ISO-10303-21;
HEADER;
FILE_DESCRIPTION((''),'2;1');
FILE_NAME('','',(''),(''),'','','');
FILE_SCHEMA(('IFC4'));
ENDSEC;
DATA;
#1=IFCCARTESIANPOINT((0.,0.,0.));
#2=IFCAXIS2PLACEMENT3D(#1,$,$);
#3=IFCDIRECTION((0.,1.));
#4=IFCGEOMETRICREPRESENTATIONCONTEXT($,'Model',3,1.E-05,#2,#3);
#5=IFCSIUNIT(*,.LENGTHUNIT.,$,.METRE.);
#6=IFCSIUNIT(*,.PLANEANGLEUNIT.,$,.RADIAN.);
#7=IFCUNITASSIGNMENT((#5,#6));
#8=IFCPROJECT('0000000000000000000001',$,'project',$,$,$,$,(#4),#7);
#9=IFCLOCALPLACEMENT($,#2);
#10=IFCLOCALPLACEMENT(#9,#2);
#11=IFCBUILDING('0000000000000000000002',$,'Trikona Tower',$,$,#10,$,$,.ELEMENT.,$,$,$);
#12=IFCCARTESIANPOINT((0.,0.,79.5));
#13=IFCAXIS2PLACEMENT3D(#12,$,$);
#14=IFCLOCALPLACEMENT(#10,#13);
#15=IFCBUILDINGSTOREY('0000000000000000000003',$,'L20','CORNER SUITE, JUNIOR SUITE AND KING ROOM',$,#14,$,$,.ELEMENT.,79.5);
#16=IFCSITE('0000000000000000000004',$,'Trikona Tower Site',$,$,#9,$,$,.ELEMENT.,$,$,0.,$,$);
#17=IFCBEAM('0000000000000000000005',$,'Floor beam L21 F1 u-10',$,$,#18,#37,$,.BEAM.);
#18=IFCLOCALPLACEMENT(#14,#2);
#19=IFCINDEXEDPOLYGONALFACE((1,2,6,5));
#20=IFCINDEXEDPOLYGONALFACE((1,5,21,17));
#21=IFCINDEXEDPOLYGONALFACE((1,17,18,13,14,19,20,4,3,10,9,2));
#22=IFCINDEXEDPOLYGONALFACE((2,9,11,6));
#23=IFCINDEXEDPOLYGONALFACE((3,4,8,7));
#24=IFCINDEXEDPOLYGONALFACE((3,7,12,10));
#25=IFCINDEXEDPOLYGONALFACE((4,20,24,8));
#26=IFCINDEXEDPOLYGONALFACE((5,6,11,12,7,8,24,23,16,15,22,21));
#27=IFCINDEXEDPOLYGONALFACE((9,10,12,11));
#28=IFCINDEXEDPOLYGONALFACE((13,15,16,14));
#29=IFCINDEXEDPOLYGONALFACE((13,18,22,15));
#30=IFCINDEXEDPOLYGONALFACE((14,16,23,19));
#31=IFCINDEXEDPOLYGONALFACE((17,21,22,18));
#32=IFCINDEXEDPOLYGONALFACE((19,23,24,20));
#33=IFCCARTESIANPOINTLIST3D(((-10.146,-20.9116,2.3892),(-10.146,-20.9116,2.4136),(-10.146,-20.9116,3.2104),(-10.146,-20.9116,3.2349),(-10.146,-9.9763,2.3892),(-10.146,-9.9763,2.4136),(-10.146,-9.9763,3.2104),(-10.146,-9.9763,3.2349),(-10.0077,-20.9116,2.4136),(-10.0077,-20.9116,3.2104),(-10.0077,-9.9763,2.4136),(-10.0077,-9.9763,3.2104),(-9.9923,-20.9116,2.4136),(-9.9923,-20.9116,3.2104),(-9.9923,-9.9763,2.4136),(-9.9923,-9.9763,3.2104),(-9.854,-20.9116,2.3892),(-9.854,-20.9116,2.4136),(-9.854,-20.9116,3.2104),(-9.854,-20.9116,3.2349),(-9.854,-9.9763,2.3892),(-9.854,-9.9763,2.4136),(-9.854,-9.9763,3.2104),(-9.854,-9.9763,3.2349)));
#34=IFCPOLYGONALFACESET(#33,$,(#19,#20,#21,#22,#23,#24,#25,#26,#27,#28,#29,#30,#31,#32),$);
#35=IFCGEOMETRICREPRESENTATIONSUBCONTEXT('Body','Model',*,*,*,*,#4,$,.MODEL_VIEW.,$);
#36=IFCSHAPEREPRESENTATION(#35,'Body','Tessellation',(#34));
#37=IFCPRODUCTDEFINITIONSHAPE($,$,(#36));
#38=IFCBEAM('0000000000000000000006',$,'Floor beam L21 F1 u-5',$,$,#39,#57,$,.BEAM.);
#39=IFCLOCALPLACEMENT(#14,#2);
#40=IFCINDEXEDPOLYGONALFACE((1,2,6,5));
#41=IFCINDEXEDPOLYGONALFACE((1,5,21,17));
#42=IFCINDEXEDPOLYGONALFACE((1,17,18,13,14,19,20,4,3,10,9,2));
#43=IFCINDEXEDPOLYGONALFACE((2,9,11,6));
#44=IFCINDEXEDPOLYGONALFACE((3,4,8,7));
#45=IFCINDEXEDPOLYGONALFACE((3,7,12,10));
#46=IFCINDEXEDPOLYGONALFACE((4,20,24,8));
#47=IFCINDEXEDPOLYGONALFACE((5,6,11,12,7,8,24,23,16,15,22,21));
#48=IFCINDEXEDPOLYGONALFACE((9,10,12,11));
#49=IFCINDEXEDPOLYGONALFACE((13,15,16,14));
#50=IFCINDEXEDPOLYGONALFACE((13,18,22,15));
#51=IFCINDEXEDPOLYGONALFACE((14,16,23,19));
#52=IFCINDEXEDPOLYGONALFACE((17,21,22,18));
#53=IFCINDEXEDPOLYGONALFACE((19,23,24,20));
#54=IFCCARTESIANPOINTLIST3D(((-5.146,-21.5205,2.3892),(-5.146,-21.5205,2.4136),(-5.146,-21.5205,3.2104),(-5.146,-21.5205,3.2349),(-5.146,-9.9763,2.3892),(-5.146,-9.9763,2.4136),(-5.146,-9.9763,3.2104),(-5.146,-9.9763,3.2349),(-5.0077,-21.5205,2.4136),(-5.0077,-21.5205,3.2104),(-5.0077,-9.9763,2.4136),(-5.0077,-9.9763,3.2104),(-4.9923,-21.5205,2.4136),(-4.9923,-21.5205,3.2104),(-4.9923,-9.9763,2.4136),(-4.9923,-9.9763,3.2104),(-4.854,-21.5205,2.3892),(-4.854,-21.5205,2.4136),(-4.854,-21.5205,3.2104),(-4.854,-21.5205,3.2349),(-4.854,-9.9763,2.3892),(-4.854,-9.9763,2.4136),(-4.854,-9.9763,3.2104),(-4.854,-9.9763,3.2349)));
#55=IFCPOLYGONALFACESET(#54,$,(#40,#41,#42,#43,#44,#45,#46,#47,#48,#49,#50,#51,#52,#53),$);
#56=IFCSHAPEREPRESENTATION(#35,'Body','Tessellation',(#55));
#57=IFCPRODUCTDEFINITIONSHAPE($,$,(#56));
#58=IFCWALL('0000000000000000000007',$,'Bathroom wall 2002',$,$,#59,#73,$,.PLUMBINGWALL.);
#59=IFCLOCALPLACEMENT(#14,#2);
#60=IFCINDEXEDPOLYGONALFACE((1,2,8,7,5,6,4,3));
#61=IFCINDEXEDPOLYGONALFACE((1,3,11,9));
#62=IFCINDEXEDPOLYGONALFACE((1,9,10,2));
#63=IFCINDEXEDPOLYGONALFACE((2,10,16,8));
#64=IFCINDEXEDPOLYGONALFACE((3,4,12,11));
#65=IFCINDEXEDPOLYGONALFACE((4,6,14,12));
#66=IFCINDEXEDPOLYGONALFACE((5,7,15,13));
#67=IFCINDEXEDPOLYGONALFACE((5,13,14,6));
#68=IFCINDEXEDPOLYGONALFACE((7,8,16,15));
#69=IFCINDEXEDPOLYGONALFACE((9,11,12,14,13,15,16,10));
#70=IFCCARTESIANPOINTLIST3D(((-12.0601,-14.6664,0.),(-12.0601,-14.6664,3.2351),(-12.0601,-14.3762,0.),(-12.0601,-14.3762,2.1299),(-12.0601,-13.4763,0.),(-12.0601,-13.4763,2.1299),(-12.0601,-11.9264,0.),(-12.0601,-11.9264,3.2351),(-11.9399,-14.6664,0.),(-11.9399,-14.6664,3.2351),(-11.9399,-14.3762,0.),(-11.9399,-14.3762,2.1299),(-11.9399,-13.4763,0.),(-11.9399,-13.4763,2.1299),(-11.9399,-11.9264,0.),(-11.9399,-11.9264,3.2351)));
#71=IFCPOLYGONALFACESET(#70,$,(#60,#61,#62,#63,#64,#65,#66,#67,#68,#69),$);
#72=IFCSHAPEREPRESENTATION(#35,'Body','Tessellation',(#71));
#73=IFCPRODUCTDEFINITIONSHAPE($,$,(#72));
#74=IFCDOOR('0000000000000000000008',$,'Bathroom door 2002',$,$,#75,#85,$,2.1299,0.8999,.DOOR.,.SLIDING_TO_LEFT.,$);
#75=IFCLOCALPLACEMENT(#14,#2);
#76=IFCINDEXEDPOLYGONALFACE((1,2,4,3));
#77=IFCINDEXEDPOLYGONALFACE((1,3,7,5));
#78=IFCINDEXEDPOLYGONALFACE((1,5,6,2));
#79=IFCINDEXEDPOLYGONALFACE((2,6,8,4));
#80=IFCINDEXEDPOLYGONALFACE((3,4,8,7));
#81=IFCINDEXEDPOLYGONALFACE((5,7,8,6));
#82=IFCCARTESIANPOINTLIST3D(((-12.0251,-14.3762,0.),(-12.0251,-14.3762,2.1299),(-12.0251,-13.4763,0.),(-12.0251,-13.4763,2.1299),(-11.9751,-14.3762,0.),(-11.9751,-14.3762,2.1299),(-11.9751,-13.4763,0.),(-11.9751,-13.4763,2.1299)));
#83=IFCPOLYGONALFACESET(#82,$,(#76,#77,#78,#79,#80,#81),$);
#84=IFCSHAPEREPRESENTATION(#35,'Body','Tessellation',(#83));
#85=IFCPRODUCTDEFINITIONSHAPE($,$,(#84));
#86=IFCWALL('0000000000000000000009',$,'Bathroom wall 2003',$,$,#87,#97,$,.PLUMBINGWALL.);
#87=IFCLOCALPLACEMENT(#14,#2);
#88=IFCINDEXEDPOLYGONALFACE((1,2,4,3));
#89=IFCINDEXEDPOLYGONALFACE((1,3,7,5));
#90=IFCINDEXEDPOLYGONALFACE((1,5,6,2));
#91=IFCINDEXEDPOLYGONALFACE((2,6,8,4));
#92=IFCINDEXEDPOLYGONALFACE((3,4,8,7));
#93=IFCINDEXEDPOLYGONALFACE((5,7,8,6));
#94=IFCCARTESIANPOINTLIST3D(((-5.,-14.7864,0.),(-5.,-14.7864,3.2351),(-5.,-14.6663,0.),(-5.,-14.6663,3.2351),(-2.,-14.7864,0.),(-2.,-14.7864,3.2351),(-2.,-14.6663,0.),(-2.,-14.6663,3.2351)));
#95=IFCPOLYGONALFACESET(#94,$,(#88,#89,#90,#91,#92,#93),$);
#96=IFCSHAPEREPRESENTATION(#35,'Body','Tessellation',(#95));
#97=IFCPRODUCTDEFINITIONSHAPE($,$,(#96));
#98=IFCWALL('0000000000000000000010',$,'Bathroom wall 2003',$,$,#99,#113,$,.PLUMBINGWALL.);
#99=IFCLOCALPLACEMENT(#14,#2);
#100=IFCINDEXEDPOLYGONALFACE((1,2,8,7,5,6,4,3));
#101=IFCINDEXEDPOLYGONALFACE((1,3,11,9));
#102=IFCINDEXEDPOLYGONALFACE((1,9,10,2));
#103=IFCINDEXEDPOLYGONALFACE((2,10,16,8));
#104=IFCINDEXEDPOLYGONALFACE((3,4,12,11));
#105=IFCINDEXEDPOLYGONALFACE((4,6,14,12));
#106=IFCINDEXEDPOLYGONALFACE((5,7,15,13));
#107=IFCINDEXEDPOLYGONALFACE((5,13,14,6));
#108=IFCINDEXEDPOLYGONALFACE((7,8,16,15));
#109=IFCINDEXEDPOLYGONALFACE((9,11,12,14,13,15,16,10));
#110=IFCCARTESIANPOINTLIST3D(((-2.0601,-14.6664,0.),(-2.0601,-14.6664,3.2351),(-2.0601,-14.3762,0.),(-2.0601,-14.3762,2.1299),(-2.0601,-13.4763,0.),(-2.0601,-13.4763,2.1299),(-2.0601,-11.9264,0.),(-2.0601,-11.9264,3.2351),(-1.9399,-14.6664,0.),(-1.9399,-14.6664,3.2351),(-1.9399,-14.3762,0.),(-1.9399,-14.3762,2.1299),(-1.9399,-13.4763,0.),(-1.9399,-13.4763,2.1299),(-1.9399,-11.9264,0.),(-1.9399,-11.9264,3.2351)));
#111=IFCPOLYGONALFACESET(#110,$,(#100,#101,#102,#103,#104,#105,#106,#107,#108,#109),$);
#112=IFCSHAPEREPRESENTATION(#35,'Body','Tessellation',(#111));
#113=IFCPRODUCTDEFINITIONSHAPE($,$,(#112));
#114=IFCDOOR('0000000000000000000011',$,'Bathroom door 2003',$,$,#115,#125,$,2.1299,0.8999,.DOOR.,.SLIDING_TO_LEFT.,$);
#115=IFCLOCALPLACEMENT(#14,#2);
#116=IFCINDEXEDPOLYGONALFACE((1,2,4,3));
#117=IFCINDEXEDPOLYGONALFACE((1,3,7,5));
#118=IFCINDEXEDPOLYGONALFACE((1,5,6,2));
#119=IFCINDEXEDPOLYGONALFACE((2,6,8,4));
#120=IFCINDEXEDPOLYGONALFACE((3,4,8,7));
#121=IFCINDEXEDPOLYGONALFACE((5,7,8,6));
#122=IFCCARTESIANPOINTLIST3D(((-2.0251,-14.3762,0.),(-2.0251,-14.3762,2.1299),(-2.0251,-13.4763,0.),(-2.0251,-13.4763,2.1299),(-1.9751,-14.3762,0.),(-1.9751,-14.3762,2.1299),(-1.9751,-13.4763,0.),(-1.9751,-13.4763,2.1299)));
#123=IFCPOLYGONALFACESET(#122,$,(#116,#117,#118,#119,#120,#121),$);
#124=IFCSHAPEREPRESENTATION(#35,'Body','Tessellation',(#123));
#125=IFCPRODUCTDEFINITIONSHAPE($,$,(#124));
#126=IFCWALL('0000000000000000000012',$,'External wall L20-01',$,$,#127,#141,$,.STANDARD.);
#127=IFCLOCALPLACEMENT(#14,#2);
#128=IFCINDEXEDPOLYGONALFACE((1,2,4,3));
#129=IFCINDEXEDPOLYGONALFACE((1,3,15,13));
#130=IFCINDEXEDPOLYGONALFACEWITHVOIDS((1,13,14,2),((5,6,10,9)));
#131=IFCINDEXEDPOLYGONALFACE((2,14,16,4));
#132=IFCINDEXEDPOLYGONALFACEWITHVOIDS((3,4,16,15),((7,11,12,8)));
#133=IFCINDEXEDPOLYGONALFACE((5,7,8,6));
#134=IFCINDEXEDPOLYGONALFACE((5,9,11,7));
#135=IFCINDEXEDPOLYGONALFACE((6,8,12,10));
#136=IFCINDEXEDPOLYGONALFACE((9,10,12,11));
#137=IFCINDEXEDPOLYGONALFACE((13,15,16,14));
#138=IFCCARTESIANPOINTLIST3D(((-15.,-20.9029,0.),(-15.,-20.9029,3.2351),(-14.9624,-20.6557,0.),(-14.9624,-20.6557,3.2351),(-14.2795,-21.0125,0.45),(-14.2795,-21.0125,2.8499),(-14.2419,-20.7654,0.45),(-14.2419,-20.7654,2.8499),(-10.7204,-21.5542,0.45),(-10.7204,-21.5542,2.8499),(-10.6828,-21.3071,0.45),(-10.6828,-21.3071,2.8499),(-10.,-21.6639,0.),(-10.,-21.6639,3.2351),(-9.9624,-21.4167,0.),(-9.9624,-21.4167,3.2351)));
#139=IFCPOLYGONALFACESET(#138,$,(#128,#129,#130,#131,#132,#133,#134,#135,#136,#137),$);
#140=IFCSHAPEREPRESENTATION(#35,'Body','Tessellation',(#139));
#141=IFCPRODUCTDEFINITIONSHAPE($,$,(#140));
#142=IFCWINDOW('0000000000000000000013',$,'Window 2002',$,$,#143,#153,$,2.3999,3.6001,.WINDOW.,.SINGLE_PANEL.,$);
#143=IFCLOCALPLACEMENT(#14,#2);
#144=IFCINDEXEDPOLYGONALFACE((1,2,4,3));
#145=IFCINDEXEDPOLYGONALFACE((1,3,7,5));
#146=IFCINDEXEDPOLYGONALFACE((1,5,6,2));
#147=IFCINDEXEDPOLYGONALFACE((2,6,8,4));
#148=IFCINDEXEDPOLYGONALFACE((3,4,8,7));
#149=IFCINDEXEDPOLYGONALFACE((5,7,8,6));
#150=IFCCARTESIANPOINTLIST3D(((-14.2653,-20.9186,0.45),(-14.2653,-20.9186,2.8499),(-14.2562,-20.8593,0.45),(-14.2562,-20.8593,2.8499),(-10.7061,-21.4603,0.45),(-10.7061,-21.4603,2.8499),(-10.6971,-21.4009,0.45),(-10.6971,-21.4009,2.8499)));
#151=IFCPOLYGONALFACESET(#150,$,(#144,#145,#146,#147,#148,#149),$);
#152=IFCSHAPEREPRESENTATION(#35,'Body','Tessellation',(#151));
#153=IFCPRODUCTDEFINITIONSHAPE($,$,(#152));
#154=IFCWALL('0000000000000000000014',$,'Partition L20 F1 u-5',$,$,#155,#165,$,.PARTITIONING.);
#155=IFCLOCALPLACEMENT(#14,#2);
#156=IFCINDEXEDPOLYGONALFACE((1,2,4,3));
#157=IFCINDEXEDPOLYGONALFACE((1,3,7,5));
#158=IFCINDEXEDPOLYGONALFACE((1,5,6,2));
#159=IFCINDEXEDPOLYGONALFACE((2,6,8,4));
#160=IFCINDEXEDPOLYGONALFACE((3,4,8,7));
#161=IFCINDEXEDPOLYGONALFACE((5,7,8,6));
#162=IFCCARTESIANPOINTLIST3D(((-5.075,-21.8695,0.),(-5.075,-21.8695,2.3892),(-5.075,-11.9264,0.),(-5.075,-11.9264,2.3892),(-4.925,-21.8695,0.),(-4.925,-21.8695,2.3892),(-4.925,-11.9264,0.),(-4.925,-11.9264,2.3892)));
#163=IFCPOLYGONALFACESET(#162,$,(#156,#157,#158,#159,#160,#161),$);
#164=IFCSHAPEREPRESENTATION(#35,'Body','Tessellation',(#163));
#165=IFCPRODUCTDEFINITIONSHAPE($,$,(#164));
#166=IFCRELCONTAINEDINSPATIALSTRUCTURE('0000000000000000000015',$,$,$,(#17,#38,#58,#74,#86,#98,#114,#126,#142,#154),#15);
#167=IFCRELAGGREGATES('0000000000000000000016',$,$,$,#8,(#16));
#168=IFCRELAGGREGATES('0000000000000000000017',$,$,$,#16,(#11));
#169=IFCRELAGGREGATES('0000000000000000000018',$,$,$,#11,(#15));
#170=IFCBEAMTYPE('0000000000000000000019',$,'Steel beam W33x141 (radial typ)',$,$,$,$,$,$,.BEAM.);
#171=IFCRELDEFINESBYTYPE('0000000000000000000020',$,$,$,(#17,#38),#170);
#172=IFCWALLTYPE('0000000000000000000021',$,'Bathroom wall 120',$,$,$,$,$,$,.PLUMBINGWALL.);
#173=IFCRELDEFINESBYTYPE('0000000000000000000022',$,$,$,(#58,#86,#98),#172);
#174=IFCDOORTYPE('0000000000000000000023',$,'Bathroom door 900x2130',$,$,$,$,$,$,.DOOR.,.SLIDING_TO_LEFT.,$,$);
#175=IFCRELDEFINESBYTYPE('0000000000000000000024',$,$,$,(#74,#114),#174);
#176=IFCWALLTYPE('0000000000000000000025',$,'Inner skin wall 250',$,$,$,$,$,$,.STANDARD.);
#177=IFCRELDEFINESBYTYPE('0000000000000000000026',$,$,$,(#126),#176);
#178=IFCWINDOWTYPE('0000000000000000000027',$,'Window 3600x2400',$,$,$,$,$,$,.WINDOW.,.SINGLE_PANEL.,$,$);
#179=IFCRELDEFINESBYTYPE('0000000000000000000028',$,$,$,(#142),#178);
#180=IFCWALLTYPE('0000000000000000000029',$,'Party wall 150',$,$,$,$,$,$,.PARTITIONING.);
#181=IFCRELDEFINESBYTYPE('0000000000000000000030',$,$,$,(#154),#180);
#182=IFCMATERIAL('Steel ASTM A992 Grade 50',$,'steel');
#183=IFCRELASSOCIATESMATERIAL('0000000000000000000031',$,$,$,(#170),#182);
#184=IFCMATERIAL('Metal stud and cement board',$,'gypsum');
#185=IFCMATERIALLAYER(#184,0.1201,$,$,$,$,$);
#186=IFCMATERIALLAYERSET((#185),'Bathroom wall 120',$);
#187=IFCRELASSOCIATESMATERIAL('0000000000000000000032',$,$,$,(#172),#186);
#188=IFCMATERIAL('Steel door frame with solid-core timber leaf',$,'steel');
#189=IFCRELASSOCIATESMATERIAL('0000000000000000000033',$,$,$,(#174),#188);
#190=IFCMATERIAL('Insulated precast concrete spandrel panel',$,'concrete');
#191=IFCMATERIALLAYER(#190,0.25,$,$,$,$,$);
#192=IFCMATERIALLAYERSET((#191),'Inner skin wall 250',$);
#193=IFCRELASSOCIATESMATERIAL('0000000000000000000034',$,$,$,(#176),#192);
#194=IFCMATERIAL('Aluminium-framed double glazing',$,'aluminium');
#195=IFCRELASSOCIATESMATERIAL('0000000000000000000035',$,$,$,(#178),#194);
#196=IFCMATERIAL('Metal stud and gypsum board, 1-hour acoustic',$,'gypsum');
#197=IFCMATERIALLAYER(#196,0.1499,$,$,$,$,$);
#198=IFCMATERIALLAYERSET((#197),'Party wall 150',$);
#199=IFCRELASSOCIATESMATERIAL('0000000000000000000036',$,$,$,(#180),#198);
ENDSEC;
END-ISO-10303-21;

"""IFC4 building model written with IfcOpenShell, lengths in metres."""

from ifc_helpers import new_model, si_unit, direction, frame, frame_2d, origin, origin_2d, place, context, subcontext, project, spatial, rectangle, i_section, extrude, material, layer, layer_set, material_profile, profile_set, type_object, element, fill, save


model = new_model("IFC4")

# Units and contexts
model_context = context("Model", 3, precision=1e-05, world=origin(), true_north=direction((0.0, 1.0)))
body_context = subcontext(model_context, "Body", "Model", "MODEL_VIEW")
ifc_project = project(units=[si_unit("LENGTHUNIT", "METRE"), si_unit("PLANEANGLEUNIT", "RADIAN")], contexts=[model_context])

# Site, building, storey
site_placement = place(None, origin())
site = spatial("IfcSite", under=ifc_project, at=site_placement, Name="Trikona Tower Site", CompositionType="ELEMENT", RefElevation=0.0)
building_placement = place(site_placement, origin())
building = spatial("IfcBuilding", under=site, at=building_placement, Name="Trikona Tower", CompositionType="ELEMENT")
storey_placement = place(building_placement, frame((0.0, 0.0, 79.5)))
storey = spatial("IfcBuildingStorey", under=building, at=storey_placement, Name="L20", Description="CORNER SUITE, JUNIOR SUITE AND KING ROOM", CompositionType="ELEMENT", Elevation=79.5)

# Beams
ifc_material_1 = material(Name="Steel ASTM A992 Grade 50", Category="steel")
ifc_material_profile = material_profile(ifc_material_1, i_section(OverallWidth=0.292, OverallDepth=0.8457, WebThickness=0.0154, FlangeThickness=0.0244, at=origin_2d()), Name="W33X141")
ifc_profile_set = profile_set([ifc_material_profile], Name="Steel ASTM A992 Grade 50")
beam_type = type_object("IfcBeamType", Name="Steel beam W33x141 (radial typ)", PredefinedType="BEAM", material=ifc_profile_set)
beam_1_placement = place(storey_placement, frame((-10.0, -9.9763, 2.812), z_axis=(0.0, -1.0, 0.0), x_axis=(1.0, 0.0, 0.0)))
element("IfcBeam", 1, at=beam_1_placement, inside=storey, type_object=beam_type, Name="Floor beam L21 F1 u-10", PredefinedType="BEAM", context=body_context, shape_type="SweptSolid", body=[
    extrude(i_section(OverallWidth=0.292, OverallDepth=0.8457, WebThickness=0.0154, FlangeThickness=0.0244, at=origin_2d()), origin(), (0.0, 0.0, 1.0), 10.9353),
])
beam_2_placement = place(storey_placement, frame((-5.0, -9.9763, 2.812), z_axis=(0.0, -1.0, 0.0), x_axis=(1.0, 0.0, 0.0)))
element("IfcBeam", 2, at=beam_2_placement, inside=storey, type_object=beam_type, Name="Floor beam L21 F1 u-5", PredefinedType="BEAM", context=body_context, shape_type="SweptSolid", body=[
    extrude(i_section(OverallWidth=0.292, OverallDepth=0.8457, WebThickness=0.0154, FlangeThickness=0.0244, at=origin_2d()), origin(), (0.0, 0.0, 1.0), 11.5442),
])

# Wall, opening, door
ifc_material_2 = material(Name="Metal stud and cement board", Category="gypsum")
ifc_layer_1 = layer(ifc_material_2, 0.1201)
ifc_layer_set_1 = layer_set([ifc_layer_1], Name="Bathroom wall 120")
wall_type_1 = type_object("IfcWallType", Name="Bathroom wall 120", PredefinedType="PLUMBINGWALL", material=ifc_layer_set_1)
wall_1_placement = place(storey_placement, frame((-12.0, -11.9263, 0.0), z_axis=(0.0, 0.0, 1.0), x_axis=(0.0, -1.0, 0.0)))
wall_1 = element("IfcWall", 3, at=wall_1_placement, inside=storey, type_object=wall_type_1, Name="Bathroom wall 2002", PredefinedType="PLUMBINGWALL", context=body_context, shape_type="SweptSolid", body=[
    extrude(rectangle(XDim=2.74, YDim=0.1201, at=frame_2d((1.3701, 0.0))), origin(), (0.0, 0.0, 1.0), 3.2351),
])
opening_1_placement = place(wall_1_placement, frame((1.55, 0.0, 0.0)))
opening_1 = element("IfcOpeningElement", 4, at=opening_1_placement, cuts=wall_1, PredefinedType="OPENING", context=body_context, shape_type="SweptSolid", body=[
    extrude(rectangle(XDim=0.8999, YDim=2.1299, at=frame_2d((0.45, 1.0649))), frame((0.0, 0.0701, 0.0), z_axis=(0.0, -1.0, 0.0), x_axis=(1.0, 0.0, 0.0)), (0.0, 0.0, 1.0), 0.1401),
])
ifc_material_3 = material(Name="Steel door frame with solid-core timber leaf", Category="steel")
door_type_1 = type_object("IfcDoorType", Name="Bathroom door 900x2130", OperationType="SLIDING_TO_LEFT", PredefinedType="DOOR", material=ifc_material_3)
door_1_placement = place(opening_1_placement, origin())
door_1 = element("IfcDoor", 5, at=door_1_placement, inside=storey, type_object=door_type_1, Name="Bathroom door 2002", OperationType="SLIDING_TO_LEFT", OverallHeight=2.1299, OverallWidth=0.8999, PredefinedType="DOOR", context=body_context, shape_type="SweptSolid", body=[
    extrude(rectangle(XDim=0.8999, YDim=2.1299, at=frame_2d((0.45, 1.0649))), frame((0.0, 0.0249, 0.0), z_axis=(0.0, -1.0, 0.0), x_axis=(1.0, 0.0, 0.0)), (0.0, 0.0, 1.0), 0.05),
])
fill(opening_1, door_1)

# Wall
wall_2_placement = place(storey_placement, frame((-5.0, -14.7263, 0.0), z_axis=(0.0, 0.0, 1.0), x_axis=(1.0, 0.0, 0.0)))
element("IfcWall", 6, at=wall_2_placement, inside=storey, type_object=wall_type_1, Name="Bathroom wall 2003", PredefinedType="PLUMBINGWALL", context=body_context, shape_type="SweptSolid", body=[
    extrude(rectangle(XDim=3.0, YDim=0.1201, at=frame_2d((1.5, 0.0))), origin(), (0.0, 0.0, 1.0), 3.2351),
])

# Wall, opening, door
wall_3_placement = place(storey_placement, frame((-2.0, -11.9263, 0.0), z_axis=(0.0, 0.0, 1.0), x_axis=(0.0, -1.0, 0.0)))
wall_3 = element("IfcWall", 7, at=wall_3_placement, inside=storey, type_object=wall_type_1, Name="Bathroom wall 2003", PredefinedType="PLUMBINGWALL", context=body_context, shape_type="SweptSolid", body=[
    extrude(rectangle(XDim=2.74, YDim=0.1201, at=frame_2d((1.3701, 0.0))), origin(), (0.0, 0.0, 1.0), 3.2351),
])
opening_2_placement = place(wall_3_placement, frame((1.55, 0.0, 0.0)))
opening_2 = element("IfcOpeningElement", 8, at=opening_2_placement, cuts=wall_3, PredefinedType="OPENING", context=body_context, shape_type="SweptSolid", body=[
    extrude(rectangle(XDim=0.8999, YDim=2.1299, at=frame_2d((0.45, 1.0649))), frame((0.0, 0.0701, 0.0), z_axis=(0.0, -1.0, 0.0), x_axis=(1.0, 0.0, 0.0)), (0.0, 0.0, 1.0), 0.1401),
])
door_2_placement = place(opening_2_placement, origin())
door_2 = element("IfcDoor", 9, at=door_2_placement, inside=storey, type_object=door_type_1, Name="Bathroom door 2003", OperationType="SLIDING_TO_LEFT", OverallHeight=2.1299, OverallWidth=0.8999, PredefinedType="DOOR", context=body_context, shape_type="SweptSolid", body=[
    extrude(rectangle(XDim=0.8999, YDim=2.1299, at=frame_2d((0.45, 1.0649))), frame((0.0, 0.0249, 0.0), z_axis=(0.0, -1.0, 0.0), x_axis=(1.0, 0.0, 0.0)), (0.0, 0.0, 1.0), 0.05),
])
fill(opening_2, door_2)

# Wall, opening, window
ifc_material_4 = material(Name="Insulated precast concrete spandrel panel", Category="concrete")
ifc_layer_2 = layer(ifc_material_4, 0.25)
ifc_layer_set_2 = layer_set([ifc_layer_2], Name="Inner skin wall 250")
wall_type_2 = type_object("IfcWallType", Name="Inner skin wall 250", PredefinedType="STANDARD", material=ifc_layer_set_2)
wall_4_placement = place(storey_placement, frame((-14.9812, -20.7793, 0.0), z_axis=(0.0, 0.0, 1.0), x_axis=(0.988615, -0.150465, 0.0)))
wall_4 = element("IfcWall", 10, at=wall_4_placement, inside=storey, type_object=wall_type_2, Name="External wall L20-01", PredefinedType="STANDARD", context=body_context, shape_type="SweptSolid", body=[
    extrude(rectangle(XDim=5.0576, YDim=0.25, at=frame_2d((2.5288, 0.0))), origin(), (0.0, 0.0, 1.0), 3.2351),
])
opening_3_placement = place(wall_4_placement, frame((0.7288, 0.0, 0.45)))
opening_3 = element("IfcOpeningElement", 11, at=opening_3_placement, cuts=wall_4, PredefinedType="OPENING", context=body_context, shape_type="SweptSolid", body=[
    extrude(rectangle(XDim=3.6001, YDim=2.3999, at=frame_2d((1.8, 1.2))), frame((0.0, 0.135, 0.0), z_axis=(0.0, -1.0, 0.0), x_axis=(1.0, 0.0, 0.0)), (0.0, 0.0, 1.0), 0.27),
])
ifc_material_5 = material(Name="Aluminium-framed double glazing", Category="aluminium")
window_type = type_object("IfcWindowType", Name="Window 3600x2400", PartitioningType="SINGLE_PANEL", PredefinedType="WINDOW", material=ifc_material_5)
window_placement = place(opening_3_placement, origin())
window = element("IfcWindow", 12, at=window_placement, inside=storey, type_object=window_type, Name="Window 2002", OverallHeight=2.3999, OverallWidth=3.6001, PartitioningType="SINGLE_PANEL", PredefinedType="WINDOW", context=body_context, shape_type="SweptSolid", body=[
    extrude(rectangle(XDim=3.6001, YDim=2.3999, at=frame_2d((1.8, 1.2))), frame((0.0, 0.03, 0.0), z_axis=(0.0, -1.0, 0.0), x_axis=(1.0, 0.0, 0.0)), (0.0, 0.0, 1.0), 0.0601),
])
fill(opening_3, window)

# Wall
ifc_material_6 = material(Name="Metal stud and gypsum board, 1-hour acoustic", Category="gypsum")
ifc_layer_3 = layer(ifc_material_6, 0.1499)
ifc_layer_set_3 = layer_set([ifc_layer_3], Name="Party wall 150")
wall_type_3 = type_object("IfcWallType", Name="Party wall 150", PredefinedType="PARTITIONING", material=ifc_layer_set_3)
wall_5_placement = place(storey_placement, frame((-5.0, -11.9263, 0.0), z_axis=(0.0, 0.0, 1.0), x_axis=(0.0, -1.0, 0.0)))
element("IfcWall", 13, at=wall_5_placement, inside=storey, type_object=wall_type_3, Name="Partition L20 F1 u-5", PredefinedType="PARTITIONING", context=body_context, shape_type="SweptSolid", body=[
    extrude(rectangle(XDim=9.9431, YDim=0.1499, at=frame_2d((4.9717, 0.0))), origin(), (0.0, 0.0, 1.0), 2.3892),
])

save(model, "model.ifc")
